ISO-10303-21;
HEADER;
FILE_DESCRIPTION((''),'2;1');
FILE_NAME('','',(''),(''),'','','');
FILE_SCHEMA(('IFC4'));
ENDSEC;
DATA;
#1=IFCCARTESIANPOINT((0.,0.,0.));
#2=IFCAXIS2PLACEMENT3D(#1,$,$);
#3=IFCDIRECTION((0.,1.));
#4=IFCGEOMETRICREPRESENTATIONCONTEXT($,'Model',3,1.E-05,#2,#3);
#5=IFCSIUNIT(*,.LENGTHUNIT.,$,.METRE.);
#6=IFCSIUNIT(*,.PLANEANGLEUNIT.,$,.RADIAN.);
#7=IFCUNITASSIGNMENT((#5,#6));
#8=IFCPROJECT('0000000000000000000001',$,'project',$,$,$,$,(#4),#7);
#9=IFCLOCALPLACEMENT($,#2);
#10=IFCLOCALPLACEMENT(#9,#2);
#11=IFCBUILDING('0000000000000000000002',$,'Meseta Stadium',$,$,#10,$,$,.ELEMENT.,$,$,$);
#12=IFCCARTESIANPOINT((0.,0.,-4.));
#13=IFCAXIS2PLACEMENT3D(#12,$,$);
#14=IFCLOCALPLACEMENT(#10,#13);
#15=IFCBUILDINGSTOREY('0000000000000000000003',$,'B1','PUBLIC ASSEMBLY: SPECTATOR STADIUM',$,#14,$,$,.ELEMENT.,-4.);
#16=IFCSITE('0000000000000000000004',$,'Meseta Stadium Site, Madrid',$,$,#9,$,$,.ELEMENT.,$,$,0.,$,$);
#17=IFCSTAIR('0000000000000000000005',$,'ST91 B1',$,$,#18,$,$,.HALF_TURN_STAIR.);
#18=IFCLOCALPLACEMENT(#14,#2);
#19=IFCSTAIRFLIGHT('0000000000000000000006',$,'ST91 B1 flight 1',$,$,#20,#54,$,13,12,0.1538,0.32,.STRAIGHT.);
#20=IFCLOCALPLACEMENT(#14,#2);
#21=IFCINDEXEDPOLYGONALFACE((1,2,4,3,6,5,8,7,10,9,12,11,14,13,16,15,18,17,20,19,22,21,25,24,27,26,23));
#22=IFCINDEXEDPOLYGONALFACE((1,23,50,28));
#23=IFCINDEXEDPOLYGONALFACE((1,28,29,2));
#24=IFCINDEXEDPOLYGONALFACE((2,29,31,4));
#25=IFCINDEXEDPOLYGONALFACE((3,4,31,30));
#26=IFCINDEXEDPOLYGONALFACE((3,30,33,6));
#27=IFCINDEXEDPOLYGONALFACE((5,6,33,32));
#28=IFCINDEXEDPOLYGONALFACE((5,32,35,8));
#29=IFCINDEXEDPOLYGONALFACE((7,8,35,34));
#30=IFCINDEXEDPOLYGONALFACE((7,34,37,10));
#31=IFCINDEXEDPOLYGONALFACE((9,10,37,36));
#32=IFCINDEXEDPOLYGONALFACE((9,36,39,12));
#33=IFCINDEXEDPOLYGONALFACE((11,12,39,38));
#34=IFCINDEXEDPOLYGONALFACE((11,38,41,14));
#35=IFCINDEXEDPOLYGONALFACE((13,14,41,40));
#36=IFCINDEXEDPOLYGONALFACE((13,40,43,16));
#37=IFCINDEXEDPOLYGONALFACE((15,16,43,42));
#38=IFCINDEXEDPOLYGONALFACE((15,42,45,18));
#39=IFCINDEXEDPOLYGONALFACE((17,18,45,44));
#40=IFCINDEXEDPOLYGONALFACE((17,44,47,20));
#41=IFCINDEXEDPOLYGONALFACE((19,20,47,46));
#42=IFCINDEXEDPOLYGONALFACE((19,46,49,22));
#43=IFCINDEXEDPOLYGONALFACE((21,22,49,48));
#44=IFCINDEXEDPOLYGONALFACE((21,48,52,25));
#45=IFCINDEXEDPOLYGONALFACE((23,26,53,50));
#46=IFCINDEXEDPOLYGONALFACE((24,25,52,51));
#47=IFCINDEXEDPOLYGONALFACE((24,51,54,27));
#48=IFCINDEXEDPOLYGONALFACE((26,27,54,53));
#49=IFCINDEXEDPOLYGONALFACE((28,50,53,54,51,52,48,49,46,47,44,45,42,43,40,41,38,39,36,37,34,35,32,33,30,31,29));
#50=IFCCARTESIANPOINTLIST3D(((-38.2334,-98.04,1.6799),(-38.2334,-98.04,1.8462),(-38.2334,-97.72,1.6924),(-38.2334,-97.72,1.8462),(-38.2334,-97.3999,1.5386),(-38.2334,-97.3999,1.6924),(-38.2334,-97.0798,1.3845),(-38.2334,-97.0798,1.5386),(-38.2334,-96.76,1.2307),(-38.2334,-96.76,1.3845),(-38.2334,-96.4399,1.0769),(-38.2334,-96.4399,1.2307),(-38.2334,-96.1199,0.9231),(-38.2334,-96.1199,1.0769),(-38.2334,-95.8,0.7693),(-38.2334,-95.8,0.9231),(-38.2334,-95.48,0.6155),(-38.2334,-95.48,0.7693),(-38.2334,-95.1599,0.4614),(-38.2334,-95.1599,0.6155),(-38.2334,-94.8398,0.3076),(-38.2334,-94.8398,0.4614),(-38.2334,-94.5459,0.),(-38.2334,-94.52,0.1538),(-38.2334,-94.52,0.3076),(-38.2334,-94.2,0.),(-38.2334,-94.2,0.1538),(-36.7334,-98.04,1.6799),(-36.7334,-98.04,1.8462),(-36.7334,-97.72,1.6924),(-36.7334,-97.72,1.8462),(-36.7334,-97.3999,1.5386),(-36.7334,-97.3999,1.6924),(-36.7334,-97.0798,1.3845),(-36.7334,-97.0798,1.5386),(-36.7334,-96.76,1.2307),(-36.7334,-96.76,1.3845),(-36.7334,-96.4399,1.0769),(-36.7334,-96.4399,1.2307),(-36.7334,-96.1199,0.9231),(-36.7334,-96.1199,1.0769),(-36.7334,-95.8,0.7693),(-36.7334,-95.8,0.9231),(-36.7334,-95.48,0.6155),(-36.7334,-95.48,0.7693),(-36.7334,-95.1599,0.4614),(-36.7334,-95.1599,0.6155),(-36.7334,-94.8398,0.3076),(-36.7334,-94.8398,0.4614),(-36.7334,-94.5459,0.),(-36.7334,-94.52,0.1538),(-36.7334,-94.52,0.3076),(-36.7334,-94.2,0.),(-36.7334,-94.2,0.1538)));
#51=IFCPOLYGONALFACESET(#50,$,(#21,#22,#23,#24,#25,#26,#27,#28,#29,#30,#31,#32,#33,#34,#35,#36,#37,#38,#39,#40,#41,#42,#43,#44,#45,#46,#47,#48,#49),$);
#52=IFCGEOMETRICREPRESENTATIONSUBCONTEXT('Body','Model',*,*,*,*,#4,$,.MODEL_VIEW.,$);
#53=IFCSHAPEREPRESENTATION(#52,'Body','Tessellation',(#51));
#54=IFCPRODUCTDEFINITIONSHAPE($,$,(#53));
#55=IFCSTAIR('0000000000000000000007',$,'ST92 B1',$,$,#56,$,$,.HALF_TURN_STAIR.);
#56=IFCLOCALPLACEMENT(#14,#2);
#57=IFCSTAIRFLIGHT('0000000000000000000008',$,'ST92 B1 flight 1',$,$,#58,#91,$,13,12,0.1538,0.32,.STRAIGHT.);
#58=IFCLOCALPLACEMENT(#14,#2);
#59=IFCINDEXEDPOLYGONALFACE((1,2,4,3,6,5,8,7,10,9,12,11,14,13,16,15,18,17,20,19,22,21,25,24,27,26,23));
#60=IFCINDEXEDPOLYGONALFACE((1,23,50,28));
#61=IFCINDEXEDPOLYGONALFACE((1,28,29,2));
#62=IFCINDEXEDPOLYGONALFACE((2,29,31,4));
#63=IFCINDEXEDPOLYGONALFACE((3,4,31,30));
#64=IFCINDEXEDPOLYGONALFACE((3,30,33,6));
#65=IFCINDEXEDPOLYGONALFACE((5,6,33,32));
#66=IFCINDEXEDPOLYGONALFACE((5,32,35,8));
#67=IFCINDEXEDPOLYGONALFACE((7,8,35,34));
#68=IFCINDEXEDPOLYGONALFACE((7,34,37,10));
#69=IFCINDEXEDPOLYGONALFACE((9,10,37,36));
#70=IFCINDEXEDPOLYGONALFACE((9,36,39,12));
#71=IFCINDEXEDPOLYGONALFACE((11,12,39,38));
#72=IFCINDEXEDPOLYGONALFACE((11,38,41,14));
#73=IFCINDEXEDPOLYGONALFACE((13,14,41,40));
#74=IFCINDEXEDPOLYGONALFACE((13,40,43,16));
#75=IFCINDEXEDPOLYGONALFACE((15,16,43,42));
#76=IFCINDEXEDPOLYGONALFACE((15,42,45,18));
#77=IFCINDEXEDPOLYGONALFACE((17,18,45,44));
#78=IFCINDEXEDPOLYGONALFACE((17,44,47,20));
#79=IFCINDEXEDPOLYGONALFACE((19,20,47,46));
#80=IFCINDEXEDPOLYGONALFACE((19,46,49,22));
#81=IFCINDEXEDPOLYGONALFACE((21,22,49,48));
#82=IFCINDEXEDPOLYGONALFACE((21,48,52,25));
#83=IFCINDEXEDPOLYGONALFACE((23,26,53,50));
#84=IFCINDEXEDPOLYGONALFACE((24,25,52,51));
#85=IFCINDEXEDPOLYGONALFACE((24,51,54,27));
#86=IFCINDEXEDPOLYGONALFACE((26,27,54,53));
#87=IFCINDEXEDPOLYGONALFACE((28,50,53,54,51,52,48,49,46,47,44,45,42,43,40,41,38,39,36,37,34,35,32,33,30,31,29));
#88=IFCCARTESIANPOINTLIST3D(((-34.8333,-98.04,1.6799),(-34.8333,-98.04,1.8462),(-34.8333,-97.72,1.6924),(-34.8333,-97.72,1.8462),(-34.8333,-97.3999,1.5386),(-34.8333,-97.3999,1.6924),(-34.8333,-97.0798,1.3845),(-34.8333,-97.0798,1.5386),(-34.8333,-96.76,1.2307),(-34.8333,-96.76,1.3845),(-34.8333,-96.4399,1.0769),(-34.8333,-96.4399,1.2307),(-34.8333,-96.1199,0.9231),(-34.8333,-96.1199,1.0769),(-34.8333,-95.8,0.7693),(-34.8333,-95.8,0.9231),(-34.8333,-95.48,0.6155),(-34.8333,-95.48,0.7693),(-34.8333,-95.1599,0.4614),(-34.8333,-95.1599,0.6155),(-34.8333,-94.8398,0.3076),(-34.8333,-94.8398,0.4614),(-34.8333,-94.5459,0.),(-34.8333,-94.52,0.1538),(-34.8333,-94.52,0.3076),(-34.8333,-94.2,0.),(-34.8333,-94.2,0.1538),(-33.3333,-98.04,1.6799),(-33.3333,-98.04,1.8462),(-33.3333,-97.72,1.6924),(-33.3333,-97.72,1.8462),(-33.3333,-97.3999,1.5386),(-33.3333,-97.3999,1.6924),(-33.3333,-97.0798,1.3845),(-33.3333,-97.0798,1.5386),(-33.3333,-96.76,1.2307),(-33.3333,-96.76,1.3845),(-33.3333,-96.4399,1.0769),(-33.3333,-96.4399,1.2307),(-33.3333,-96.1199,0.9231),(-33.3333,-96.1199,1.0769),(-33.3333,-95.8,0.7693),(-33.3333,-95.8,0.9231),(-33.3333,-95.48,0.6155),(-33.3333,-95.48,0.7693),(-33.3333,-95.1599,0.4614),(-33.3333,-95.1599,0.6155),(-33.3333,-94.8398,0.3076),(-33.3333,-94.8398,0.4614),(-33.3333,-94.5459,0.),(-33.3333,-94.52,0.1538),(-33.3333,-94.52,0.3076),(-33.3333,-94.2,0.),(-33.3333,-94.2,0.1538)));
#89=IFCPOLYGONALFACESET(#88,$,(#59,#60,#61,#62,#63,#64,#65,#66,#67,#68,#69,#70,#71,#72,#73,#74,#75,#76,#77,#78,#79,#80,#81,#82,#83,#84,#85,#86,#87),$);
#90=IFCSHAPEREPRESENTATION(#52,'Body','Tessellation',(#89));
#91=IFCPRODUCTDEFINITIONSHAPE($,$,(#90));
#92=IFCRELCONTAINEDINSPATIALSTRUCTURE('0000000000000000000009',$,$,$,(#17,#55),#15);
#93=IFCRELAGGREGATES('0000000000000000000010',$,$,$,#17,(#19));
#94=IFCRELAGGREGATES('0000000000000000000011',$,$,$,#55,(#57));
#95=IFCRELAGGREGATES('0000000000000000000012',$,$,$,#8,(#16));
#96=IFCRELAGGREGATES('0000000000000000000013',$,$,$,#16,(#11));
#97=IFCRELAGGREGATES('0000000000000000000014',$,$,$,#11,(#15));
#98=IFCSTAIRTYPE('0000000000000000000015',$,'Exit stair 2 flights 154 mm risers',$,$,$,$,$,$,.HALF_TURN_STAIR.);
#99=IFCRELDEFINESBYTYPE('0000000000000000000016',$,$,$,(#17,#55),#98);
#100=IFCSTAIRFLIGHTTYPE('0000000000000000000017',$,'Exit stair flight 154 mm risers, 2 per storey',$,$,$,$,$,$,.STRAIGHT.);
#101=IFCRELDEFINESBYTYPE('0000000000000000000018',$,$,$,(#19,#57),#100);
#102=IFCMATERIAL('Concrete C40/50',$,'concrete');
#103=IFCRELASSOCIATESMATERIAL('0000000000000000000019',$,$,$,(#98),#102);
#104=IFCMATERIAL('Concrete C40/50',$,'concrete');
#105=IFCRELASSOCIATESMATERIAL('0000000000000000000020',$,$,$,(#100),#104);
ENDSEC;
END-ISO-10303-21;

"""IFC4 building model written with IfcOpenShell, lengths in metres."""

from ifc_helpers import new_model, si_unit, direction, frame, origin, place, context, subcontext, project, spatial, polyline, outline, extrude, material, type_object, element, aggregate, save


model = new_model("IFC4")

# Units and contexts
model_context = context("Model", 3, precision=1e-05, world=origin(), true_north=direction((0.0, 1.0)))
body_context = subcontext(model_context, "Body", "Model", "MODEL_VIEW")
ifc_project = project(units=[si_unit("LENGTHUNIT", "METRE"), si_unit("PLANEANGLEUNIT", "RADIAN")], contexts=[model_context])

# Site, building, storey
site_placement = place(None, origin())
site = spatial("IfcSite", under=ifc_project, at=site_placement, Name="Meseta Stadium Site, Madrid", CompositionType="ELEMENT", RefElevation=0.0)
building_placement = place(site_placement, origin())
building = spatial("IfcBuilding", under=site, at=building_placement, Name="Meseta Stadium", CompositionType="ELEMENT")
storey_placement = place(building_placement, frame((0.0, 0.0, -4.0)))
storey = spatial("IfcBuildingStorey", under=building, at=storey_placement, Name="B1", Description="PUBLIC ASSEMBLY: SPECTATOR STADIUM", CompositionType="ELEMENT", Elevation=-4.0)

# Stairs, stair flights
ifc_material_1 = material(Name="Concrete C40/50", Category="concrete")
stair_type = type_object("IfcStairType", Name="Exit stair 2 flights 154 mm risers", PredefinedType="HALF_TURN_STAIR", material=ifc_material_1)
ifc_material_2 = material(Name="Concrete C40/50", Category="concrete")
stair_flight_type = type_object("IfcStairFlightType", Name="Exit stair flight 154 mm risers, 2 per storey", PredefinedType="STRAIGHT", material=ifc_material_2)
stair_1_placement = place(storey_placement, origin())
stair_1 = element("IfcStair", 1, at=stair_1_placement, inside=storey, type_object=stair_type, Name="ST91 B1", PredefinedType="HALF_TURN_STAIR")
stair_flight_1_placement = place(storey_placement, frame((-37.4834, -94.2, 0.0), z_axis=(0.0, 0.0, 1.0), x_axis=(0.0, -1.0, 0.0)))
stair_flight_1 = element("IfcStairFlight", 2, at=stair_flight_1_placement, type_object=stair_flight_type, Name="ST91 B1 flight 1", NumberOfRisers=13, NumberOfTreads=12, PredefinedType="STRAIGHT", RiserHeight=0.1538, TreadLength=0.32, context=body_context, shape_type="SweptSolid", body=[
    extrude(outline(polyline([(0.0, 0.0), (0.0, 0.1538), (0.3201, 0.1538), (0.3201, 0.3076), (0.6399, 0.3076), (0.6399, 0.4614), (0.96, 0.4614), (0.96, 0.6155), (1.28, 0.6155), (1.28, 0.7693), (1.6001, 0.7693), (1.6001, 0.9231), (1.9199, 0.9231), (1.9199, 1.0769), (2.24, 1.0769), (2.24, 1.2307), (2.5601, 1.2307), (2.5601, 1.3845), (2.8799, 1.3845), (2.8799, 1.5386), (3.2, 1.5386), (3.2, 1.6924), (3.52, 1.6924), (3.52, 1.8462), (3.8401, 1.8462), (3.8401, 1.6799), (0.3459, 0.0), (0.0, 0.0)])), frame((0.0, 0.75, 0.0), z_axis=(0.0, -1.0, 0.0), x_axis=(1.0, 0.0, 0.0)), (0.0, 0.0, 1.0), 1.5),
])
aggregate(stair_1, [stair_flight_1])
stair_2_placement = place(storey_placement, origin())
stair_2 = element("IfcStair", 3, at=stair_2_placement, inside=storey, type_object=stair_type, Name="ST92 B1", PredefinedType="HALF_TURN_STAIR")
stair_flight_2_placement = place(storey_placement, frame((-34.0833, -94.2, 0.0), z_axis=(0.0, 0.0, 1.0), x_axis=(0.0, -1.0, 0.0)))
stair_flight_2 = element("IfcStairFlight", 4, at=stair_flight_2_placement, type_object=stair_flight_type, Name="ST92 B1 flight 1", NumberOfRisers=13, NumberOfTreads=12, PredefinedType="STRAIGHT", RiserHeight=0.1538, TreadLength=0.32, context=body_context, shape_type="SweptSolid", body=[
    extrude(outline(polyline([(0.0, 0.0), (0.0, 0.1538), (0.3201, 0.1538), (0.3201, 0.3076), (0.6399, 0.3076), (0.6399, 0.4614), (0.96, 0.4614), (0.96, 0.6155), (1.28, 0.6155), (1.28, 0.7693), (1.6001, 0.7693), (1.6001, 0.9231), (1.9199, 0.9231), (1.9199, 1.0769), (2.24, 1.0769), (2.24, 1.2307), (2.5601, 1.2307), (2.5601, 1.3845), (2.8799, 1.3845), (2.8799, 1.5386), (3.2, 1.5386), (3.2, 1.6924), (3.52, 1.6924), (3.52, 1.8462), (3.8401, 1.8462), (3.8401, 1.6799), (0.3459, 0.0), (0.0, 0.0)])), frame((0.0, 0.75, 0.0), z_axis=(0.0, -1.0, 0.0), x_axis=(1.0, 0.0, 0.0)), (0.0, 0.0, 1.0), 1.5),
])
aggregate(stair_2, [stair_flight_2])

save(model, "model.ifc")
